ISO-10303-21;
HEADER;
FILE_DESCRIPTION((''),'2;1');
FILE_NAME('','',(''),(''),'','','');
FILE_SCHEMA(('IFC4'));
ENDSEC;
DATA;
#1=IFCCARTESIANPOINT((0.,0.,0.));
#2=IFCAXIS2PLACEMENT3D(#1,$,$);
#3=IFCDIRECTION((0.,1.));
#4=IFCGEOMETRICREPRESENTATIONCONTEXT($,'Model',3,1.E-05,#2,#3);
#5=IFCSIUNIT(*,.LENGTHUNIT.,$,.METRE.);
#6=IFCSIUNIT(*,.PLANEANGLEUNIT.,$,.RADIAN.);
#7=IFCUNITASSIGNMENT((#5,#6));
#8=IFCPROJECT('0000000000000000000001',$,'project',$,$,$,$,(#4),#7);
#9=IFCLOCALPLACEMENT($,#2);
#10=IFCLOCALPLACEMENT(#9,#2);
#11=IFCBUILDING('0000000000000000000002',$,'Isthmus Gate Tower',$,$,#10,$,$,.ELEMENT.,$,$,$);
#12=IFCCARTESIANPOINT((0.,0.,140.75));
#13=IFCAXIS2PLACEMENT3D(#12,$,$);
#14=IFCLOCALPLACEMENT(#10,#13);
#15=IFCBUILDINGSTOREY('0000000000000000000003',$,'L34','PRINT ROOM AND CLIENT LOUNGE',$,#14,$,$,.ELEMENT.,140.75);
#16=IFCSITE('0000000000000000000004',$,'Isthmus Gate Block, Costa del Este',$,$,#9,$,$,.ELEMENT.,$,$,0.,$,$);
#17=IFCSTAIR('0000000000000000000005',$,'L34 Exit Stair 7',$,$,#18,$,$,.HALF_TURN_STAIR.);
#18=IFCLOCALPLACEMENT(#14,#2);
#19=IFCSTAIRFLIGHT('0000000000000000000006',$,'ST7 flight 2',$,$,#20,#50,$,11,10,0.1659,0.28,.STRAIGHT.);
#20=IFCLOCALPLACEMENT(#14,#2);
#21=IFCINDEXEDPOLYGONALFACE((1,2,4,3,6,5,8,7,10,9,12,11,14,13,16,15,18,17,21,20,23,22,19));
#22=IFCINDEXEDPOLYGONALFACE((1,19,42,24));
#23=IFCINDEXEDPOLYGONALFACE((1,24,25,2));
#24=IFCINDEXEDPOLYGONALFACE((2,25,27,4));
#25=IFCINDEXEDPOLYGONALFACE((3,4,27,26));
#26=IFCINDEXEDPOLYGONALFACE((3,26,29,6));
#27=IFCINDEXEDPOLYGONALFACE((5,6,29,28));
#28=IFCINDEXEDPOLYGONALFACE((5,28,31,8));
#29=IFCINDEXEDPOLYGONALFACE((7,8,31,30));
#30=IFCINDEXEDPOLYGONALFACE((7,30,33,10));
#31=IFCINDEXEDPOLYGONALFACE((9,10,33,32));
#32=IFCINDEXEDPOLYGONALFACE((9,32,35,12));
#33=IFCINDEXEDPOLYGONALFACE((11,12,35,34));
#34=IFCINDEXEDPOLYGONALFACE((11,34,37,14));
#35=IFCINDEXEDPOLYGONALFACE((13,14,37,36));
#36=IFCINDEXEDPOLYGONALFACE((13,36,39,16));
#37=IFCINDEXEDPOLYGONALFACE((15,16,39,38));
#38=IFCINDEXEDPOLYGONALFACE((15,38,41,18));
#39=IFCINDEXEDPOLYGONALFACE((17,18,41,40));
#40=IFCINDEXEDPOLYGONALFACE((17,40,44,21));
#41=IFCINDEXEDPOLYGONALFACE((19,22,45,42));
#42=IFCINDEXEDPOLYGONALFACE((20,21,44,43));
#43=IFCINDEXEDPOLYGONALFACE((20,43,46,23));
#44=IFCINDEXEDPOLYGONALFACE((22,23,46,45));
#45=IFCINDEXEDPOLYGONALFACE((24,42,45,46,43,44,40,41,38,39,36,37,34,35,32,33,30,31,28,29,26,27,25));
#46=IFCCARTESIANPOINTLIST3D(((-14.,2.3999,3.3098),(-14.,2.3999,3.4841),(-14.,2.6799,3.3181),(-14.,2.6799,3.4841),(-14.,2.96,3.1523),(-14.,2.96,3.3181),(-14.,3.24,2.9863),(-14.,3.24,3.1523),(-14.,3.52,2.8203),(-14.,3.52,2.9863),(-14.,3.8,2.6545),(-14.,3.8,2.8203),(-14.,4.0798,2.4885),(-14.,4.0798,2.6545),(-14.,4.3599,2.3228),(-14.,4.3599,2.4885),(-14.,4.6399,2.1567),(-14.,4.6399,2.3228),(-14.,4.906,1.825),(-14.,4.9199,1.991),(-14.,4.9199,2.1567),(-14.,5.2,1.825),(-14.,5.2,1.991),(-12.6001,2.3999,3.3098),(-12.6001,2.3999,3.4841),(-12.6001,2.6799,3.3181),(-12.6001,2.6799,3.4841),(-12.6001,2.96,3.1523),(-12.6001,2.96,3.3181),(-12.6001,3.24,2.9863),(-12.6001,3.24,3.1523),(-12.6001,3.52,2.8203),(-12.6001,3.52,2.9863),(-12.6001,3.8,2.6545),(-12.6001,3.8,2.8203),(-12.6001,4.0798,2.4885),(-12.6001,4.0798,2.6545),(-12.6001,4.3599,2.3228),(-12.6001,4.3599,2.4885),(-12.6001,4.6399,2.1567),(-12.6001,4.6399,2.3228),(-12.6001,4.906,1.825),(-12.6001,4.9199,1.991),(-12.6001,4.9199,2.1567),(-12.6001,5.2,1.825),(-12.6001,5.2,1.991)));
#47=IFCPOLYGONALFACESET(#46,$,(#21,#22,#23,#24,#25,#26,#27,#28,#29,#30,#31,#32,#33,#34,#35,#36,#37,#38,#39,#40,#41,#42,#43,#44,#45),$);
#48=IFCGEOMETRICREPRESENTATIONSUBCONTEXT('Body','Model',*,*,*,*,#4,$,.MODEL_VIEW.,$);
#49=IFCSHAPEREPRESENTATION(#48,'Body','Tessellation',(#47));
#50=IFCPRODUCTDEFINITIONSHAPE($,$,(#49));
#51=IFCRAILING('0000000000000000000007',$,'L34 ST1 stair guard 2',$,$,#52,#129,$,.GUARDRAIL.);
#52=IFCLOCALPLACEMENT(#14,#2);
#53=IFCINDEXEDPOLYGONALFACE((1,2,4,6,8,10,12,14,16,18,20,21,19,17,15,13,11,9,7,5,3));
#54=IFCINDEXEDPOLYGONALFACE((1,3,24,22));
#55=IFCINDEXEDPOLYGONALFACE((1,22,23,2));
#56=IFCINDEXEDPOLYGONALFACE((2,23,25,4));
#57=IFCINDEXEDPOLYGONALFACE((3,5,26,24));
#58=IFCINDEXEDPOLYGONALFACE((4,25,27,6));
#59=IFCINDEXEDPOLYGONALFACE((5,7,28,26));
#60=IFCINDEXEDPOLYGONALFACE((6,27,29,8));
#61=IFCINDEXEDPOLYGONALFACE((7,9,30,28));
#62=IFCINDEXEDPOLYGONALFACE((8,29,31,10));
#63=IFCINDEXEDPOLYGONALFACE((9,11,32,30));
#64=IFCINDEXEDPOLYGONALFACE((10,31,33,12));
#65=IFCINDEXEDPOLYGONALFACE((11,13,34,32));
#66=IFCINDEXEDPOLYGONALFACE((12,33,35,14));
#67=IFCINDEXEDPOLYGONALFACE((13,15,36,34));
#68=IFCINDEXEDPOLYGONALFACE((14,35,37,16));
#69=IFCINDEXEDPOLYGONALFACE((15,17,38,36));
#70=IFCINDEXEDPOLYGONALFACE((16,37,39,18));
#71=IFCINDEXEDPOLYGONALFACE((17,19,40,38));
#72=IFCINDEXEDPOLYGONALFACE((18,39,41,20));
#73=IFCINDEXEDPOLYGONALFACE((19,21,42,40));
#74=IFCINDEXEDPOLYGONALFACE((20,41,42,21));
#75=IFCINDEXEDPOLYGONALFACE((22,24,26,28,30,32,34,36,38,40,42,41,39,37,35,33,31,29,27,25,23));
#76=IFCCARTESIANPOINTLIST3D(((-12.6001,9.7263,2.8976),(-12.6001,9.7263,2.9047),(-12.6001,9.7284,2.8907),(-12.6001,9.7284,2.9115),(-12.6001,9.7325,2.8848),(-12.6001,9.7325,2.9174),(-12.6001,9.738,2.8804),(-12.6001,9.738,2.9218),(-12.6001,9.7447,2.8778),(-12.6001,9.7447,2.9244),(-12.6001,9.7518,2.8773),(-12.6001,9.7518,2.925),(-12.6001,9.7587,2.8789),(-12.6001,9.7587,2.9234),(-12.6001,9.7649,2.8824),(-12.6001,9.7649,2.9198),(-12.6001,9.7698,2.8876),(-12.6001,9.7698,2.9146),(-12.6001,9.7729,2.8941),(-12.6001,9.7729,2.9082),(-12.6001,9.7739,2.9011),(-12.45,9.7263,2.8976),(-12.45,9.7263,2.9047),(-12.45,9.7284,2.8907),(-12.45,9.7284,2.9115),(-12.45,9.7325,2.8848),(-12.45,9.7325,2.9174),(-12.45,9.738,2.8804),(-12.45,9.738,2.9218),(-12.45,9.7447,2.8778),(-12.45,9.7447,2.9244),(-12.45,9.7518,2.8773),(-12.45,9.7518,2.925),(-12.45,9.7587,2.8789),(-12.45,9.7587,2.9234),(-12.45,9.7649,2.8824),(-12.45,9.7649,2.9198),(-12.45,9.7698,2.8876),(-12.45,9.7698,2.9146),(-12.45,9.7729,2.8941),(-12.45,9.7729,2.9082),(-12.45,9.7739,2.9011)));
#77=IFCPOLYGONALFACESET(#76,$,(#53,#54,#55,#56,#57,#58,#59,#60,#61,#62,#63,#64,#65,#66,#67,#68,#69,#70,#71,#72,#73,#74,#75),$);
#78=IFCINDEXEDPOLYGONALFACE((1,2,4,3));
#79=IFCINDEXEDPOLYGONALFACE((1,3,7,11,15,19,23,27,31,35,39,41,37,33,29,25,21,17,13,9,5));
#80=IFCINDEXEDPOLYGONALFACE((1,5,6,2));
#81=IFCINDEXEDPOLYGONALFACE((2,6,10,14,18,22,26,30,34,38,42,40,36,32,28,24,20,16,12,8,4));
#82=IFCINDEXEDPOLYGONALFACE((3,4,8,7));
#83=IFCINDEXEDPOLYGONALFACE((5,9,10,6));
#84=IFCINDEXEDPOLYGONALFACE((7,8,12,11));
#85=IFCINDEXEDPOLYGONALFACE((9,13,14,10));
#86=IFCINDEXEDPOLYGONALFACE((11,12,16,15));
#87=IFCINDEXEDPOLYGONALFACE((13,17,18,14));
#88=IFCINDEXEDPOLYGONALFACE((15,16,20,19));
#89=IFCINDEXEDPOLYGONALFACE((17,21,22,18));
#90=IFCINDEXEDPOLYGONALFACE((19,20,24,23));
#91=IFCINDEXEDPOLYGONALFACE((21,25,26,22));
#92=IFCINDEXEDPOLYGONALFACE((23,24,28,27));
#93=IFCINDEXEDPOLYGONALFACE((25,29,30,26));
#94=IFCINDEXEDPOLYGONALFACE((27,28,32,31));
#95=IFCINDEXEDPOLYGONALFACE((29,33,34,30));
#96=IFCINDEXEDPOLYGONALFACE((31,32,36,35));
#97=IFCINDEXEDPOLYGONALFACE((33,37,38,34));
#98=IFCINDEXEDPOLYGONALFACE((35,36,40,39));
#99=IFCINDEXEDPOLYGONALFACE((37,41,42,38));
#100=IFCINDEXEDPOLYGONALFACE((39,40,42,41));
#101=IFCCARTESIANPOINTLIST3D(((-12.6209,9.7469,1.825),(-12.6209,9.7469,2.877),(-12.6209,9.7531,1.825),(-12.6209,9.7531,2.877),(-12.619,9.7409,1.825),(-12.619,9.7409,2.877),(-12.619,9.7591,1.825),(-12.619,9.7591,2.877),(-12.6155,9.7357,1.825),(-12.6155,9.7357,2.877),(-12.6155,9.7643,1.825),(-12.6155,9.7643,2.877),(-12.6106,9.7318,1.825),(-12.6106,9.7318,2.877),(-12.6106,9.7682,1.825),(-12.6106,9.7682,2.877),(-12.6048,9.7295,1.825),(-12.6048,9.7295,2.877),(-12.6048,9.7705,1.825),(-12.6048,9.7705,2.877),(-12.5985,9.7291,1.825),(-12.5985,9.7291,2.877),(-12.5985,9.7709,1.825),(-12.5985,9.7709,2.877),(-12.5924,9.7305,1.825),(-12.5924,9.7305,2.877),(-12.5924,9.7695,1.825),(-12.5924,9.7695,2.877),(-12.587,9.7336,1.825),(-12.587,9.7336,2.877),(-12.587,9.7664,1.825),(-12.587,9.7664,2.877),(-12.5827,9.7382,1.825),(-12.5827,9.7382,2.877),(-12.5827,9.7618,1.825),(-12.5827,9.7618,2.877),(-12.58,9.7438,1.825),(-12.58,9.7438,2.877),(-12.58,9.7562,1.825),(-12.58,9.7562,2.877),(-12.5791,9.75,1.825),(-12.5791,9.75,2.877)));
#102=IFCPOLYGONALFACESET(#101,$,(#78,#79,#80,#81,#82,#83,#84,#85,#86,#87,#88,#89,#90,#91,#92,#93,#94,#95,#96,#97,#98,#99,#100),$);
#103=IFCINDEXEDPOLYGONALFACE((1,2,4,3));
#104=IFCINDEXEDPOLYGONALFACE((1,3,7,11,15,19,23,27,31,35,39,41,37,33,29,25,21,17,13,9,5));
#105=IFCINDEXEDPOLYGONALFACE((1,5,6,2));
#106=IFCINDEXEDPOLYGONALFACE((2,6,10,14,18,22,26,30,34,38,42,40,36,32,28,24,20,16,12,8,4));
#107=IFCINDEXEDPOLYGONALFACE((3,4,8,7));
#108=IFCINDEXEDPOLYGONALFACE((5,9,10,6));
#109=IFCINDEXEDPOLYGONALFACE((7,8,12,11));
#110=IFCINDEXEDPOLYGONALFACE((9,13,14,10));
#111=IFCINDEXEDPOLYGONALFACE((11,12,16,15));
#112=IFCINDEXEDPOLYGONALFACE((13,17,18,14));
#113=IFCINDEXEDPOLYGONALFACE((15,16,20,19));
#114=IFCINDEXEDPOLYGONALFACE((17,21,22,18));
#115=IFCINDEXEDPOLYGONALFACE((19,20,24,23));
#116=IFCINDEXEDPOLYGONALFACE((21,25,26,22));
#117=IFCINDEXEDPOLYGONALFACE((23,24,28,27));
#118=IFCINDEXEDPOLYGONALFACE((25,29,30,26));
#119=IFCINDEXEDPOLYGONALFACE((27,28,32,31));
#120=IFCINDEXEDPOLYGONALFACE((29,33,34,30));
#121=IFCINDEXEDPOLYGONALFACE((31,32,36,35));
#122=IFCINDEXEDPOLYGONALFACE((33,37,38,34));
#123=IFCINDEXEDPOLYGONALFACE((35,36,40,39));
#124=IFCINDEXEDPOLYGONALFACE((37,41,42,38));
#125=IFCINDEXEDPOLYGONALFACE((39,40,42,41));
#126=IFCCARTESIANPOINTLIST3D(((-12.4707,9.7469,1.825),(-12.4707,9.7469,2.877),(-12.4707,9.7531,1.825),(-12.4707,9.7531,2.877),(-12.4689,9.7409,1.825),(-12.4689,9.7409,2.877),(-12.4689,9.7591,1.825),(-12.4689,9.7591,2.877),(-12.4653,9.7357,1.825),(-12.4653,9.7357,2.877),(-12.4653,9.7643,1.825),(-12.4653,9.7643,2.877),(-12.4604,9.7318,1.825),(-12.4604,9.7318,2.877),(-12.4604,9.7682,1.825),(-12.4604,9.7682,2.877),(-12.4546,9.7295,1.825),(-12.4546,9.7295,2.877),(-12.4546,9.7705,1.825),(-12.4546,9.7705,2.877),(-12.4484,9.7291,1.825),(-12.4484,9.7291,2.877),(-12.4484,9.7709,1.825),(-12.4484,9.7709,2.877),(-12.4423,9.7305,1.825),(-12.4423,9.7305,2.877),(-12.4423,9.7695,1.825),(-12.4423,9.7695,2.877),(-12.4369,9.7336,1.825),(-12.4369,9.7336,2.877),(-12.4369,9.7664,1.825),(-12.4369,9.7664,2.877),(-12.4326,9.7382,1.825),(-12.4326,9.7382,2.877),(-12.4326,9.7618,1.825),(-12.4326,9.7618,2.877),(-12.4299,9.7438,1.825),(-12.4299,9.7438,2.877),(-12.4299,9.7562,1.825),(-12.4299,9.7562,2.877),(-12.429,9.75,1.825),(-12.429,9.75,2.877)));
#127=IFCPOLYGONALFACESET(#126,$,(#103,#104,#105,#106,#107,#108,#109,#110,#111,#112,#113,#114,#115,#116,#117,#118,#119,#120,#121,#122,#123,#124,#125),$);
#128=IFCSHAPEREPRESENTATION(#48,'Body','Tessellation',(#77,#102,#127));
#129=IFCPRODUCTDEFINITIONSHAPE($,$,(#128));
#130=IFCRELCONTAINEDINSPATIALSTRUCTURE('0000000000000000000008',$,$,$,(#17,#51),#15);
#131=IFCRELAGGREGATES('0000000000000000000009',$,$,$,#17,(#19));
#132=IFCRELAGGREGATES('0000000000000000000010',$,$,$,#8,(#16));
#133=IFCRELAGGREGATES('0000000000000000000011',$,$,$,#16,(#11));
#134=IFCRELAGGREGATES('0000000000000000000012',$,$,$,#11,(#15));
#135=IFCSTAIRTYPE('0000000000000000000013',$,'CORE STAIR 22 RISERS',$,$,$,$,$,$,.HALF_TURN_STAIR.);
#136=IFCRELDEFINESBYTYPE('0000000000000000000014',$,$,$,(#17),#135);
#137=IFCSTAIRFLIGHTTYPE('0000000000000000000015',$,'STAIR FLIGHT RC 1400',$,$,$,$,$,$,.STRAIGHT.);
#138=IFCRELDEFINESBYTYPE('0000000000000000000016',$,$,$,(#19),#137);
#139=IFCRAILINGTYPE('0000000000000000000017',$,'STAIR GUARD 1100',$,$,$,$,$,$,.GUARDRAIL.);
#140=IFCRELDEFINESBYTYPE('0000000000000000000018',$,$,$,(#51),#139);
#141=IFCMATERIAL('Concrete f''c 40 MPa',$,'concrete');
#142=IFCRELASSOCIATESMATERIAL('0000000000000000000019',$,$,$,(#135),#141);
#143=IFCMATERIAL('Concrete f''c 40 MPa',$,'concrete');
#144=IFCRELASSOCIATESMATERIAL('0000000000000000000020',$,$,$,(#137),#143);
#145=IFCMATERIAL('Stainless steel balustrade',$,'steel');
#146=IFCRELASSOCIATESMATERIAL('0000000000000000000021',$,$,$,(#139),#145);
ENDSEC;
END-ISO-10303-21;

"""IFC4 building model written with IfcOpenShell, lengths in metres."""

from ifc_helpers import new_model, si_unit, direction, frame, origin, origin_2d, place, context, subcontext, project, spatial, polyline, circle, outline, extrude, material, type_object, element, aggregate, save


model = new_model("IFC4")

# Units and contexts
model_context = context("Model", 3, precision=1e-05, world=origin(), true_north=direction((0.0, 1.0)))
body_context = subcontext(model_context, "Body", "Model", "MODEL_VIEW")
ifc_project = project(units=[si_unit("LENGTHUNIT", "METRE"), si_unit("PLANEANGLEUNIT", "RADIAN")], contexts=[model_context])

# Site, building, storey
site_placement = place(None, origin())
site = spatial("IfcSite", under=ifc_project, at=site_placement, Name="Isthmus Gate Block, Costa del Este", CompositionType="ELEMENT", RefElevation=0.0)
building_placement = place(site_placement, origin())
building = spatial("IfcBuilding", under=site, at=building_placement, Name="Isthmus Gate Tower", CompositionType="ELEMENT")
storey_placement = place(building_placement, frame((0.0, 0.0, 140.75)))
storey = spatial("IfcBuildingStorey", under=building, at=storey_placement, Name="L34", Description="PRINT ROOM AND CLIENT LOUNGE", CompositionType="ELEMENT", Elevation=140.75)

# Stair, stair flight
ifc_material_1 = material(Name="Concrete f'c 40 MPa", Category="concrete")
stair_type = type_object("IfcStairType", Name="CORE STAIR 22 RISERS", PredefinedType="HALF_TURN_STAIR", material=ifc_material_1)
ifc_material_2 = material(Name="Concrete f'c 40 MPa", Category="concrete")
stair_flight_type = type_object("IfcStairFlightType", Name="STAIR FLIGHT RC 1400", PredefinedType="STRAIGHT", material=ifc_material_2)
stair_1_placement = place(storey_placement, origin())
stair_1 = element("IfcStair", 1, at=stair_1_placement, inside=storey, type_object=stair_type, Name="L34 Exit Stair 7", PredefinedType="HALF_TURN_STAIR")
stair_flight_1_placement = place(storey_placement, frame((-13.3, 5.2, 1.825), z_axis=(0.0, 0.0, 1.0), x_axis=(0.0, -1.0, 0.0)))
stair_flight_1 = element("IfcStairFlight", 2, at=stair_flight_1_placement, type_object=stair_flight_type, Name="ST7 flight 2", NumberOfRisers=11, NumberOfTreads=10, PredefinedType="STRAIGHT", RiserHeight=0.1659, TreadLength=0.28, context=body_context, shape_type="SweptSolid", body=[
    extrude(outline(polyline([(0.0, 0.0), (0.0, 0.166), (0.28, 0.166), (0.28, 0.3318), (0.5601, 0.3318), (0.5601, 0.4978), (0.8401, 0.4978), (0.8401, 0.6636), (1.1201, 0.6636), (1.1201, 0.8296), (1.3999, 0.8296), (1.3999, 0.9954), (1.6799, 0.9954), (1.6799, 1.1614), (1.96, 1.1614), (1.96, 1.3274), (2.24, 1.3274), (2.24, 1.4932), (2.52, 1.4932), (2.52, 1.6592), (2.8, 1.6592), (2.8, 1.825), (2.8, 1.4849), (0.2939, 0.0), (0.0, 0.0)])), frame((0.0, 0.7, 0.0), z_axis=(0.0, -1.0, 0.0), x_axis=(1.0, 0.0, 0.0)), (0.0, 0.0, 1.0), 1.3999),
])
aggregate(stair_1, [stair_flight_1])

# Railing
ifc_material_3 = material(Name="Stainless steel balustrade", Category="steel")
railing_type_1 = type_object("IfcRailingType", Name="STAIR GUARD 1100", PredefinedType="GUARDRAIL", material=ifc_material_3)
railing_1_placement = place(storey_placement, frame((-12.6001, 9.75, 1.825)))
element("IfcRailing", 3, at=railing_1_placement, inside=storey, type_object=railing_type_1, Name="L34 ST1 stair guard 2", PredefinedType="GUARDRAIL", context=body_context, shape_type="SweptSolid", body=[
    extrude(circle(Radius=0.0239, at=origin_2d()), frame((0.0, 0.0, 1.0762), z_axis=(1.0, 0.0, 0.0), x_axis=(0.0, 1.0, 0.0)), (0.0, 0.0, 1.0), 0.1501),
    extrude(circle(Radius=0.021, at=origin_2d()), origin(), (0.0, 0.0, 1.0), 1.052),
    extrude(circle(Radius=0.021, at=origin_2d()), frame((0.1501, 0.0, 0.0)), (0.0, 0.0, 1.0), 1.052),
])

save(model, "model.ifc")
